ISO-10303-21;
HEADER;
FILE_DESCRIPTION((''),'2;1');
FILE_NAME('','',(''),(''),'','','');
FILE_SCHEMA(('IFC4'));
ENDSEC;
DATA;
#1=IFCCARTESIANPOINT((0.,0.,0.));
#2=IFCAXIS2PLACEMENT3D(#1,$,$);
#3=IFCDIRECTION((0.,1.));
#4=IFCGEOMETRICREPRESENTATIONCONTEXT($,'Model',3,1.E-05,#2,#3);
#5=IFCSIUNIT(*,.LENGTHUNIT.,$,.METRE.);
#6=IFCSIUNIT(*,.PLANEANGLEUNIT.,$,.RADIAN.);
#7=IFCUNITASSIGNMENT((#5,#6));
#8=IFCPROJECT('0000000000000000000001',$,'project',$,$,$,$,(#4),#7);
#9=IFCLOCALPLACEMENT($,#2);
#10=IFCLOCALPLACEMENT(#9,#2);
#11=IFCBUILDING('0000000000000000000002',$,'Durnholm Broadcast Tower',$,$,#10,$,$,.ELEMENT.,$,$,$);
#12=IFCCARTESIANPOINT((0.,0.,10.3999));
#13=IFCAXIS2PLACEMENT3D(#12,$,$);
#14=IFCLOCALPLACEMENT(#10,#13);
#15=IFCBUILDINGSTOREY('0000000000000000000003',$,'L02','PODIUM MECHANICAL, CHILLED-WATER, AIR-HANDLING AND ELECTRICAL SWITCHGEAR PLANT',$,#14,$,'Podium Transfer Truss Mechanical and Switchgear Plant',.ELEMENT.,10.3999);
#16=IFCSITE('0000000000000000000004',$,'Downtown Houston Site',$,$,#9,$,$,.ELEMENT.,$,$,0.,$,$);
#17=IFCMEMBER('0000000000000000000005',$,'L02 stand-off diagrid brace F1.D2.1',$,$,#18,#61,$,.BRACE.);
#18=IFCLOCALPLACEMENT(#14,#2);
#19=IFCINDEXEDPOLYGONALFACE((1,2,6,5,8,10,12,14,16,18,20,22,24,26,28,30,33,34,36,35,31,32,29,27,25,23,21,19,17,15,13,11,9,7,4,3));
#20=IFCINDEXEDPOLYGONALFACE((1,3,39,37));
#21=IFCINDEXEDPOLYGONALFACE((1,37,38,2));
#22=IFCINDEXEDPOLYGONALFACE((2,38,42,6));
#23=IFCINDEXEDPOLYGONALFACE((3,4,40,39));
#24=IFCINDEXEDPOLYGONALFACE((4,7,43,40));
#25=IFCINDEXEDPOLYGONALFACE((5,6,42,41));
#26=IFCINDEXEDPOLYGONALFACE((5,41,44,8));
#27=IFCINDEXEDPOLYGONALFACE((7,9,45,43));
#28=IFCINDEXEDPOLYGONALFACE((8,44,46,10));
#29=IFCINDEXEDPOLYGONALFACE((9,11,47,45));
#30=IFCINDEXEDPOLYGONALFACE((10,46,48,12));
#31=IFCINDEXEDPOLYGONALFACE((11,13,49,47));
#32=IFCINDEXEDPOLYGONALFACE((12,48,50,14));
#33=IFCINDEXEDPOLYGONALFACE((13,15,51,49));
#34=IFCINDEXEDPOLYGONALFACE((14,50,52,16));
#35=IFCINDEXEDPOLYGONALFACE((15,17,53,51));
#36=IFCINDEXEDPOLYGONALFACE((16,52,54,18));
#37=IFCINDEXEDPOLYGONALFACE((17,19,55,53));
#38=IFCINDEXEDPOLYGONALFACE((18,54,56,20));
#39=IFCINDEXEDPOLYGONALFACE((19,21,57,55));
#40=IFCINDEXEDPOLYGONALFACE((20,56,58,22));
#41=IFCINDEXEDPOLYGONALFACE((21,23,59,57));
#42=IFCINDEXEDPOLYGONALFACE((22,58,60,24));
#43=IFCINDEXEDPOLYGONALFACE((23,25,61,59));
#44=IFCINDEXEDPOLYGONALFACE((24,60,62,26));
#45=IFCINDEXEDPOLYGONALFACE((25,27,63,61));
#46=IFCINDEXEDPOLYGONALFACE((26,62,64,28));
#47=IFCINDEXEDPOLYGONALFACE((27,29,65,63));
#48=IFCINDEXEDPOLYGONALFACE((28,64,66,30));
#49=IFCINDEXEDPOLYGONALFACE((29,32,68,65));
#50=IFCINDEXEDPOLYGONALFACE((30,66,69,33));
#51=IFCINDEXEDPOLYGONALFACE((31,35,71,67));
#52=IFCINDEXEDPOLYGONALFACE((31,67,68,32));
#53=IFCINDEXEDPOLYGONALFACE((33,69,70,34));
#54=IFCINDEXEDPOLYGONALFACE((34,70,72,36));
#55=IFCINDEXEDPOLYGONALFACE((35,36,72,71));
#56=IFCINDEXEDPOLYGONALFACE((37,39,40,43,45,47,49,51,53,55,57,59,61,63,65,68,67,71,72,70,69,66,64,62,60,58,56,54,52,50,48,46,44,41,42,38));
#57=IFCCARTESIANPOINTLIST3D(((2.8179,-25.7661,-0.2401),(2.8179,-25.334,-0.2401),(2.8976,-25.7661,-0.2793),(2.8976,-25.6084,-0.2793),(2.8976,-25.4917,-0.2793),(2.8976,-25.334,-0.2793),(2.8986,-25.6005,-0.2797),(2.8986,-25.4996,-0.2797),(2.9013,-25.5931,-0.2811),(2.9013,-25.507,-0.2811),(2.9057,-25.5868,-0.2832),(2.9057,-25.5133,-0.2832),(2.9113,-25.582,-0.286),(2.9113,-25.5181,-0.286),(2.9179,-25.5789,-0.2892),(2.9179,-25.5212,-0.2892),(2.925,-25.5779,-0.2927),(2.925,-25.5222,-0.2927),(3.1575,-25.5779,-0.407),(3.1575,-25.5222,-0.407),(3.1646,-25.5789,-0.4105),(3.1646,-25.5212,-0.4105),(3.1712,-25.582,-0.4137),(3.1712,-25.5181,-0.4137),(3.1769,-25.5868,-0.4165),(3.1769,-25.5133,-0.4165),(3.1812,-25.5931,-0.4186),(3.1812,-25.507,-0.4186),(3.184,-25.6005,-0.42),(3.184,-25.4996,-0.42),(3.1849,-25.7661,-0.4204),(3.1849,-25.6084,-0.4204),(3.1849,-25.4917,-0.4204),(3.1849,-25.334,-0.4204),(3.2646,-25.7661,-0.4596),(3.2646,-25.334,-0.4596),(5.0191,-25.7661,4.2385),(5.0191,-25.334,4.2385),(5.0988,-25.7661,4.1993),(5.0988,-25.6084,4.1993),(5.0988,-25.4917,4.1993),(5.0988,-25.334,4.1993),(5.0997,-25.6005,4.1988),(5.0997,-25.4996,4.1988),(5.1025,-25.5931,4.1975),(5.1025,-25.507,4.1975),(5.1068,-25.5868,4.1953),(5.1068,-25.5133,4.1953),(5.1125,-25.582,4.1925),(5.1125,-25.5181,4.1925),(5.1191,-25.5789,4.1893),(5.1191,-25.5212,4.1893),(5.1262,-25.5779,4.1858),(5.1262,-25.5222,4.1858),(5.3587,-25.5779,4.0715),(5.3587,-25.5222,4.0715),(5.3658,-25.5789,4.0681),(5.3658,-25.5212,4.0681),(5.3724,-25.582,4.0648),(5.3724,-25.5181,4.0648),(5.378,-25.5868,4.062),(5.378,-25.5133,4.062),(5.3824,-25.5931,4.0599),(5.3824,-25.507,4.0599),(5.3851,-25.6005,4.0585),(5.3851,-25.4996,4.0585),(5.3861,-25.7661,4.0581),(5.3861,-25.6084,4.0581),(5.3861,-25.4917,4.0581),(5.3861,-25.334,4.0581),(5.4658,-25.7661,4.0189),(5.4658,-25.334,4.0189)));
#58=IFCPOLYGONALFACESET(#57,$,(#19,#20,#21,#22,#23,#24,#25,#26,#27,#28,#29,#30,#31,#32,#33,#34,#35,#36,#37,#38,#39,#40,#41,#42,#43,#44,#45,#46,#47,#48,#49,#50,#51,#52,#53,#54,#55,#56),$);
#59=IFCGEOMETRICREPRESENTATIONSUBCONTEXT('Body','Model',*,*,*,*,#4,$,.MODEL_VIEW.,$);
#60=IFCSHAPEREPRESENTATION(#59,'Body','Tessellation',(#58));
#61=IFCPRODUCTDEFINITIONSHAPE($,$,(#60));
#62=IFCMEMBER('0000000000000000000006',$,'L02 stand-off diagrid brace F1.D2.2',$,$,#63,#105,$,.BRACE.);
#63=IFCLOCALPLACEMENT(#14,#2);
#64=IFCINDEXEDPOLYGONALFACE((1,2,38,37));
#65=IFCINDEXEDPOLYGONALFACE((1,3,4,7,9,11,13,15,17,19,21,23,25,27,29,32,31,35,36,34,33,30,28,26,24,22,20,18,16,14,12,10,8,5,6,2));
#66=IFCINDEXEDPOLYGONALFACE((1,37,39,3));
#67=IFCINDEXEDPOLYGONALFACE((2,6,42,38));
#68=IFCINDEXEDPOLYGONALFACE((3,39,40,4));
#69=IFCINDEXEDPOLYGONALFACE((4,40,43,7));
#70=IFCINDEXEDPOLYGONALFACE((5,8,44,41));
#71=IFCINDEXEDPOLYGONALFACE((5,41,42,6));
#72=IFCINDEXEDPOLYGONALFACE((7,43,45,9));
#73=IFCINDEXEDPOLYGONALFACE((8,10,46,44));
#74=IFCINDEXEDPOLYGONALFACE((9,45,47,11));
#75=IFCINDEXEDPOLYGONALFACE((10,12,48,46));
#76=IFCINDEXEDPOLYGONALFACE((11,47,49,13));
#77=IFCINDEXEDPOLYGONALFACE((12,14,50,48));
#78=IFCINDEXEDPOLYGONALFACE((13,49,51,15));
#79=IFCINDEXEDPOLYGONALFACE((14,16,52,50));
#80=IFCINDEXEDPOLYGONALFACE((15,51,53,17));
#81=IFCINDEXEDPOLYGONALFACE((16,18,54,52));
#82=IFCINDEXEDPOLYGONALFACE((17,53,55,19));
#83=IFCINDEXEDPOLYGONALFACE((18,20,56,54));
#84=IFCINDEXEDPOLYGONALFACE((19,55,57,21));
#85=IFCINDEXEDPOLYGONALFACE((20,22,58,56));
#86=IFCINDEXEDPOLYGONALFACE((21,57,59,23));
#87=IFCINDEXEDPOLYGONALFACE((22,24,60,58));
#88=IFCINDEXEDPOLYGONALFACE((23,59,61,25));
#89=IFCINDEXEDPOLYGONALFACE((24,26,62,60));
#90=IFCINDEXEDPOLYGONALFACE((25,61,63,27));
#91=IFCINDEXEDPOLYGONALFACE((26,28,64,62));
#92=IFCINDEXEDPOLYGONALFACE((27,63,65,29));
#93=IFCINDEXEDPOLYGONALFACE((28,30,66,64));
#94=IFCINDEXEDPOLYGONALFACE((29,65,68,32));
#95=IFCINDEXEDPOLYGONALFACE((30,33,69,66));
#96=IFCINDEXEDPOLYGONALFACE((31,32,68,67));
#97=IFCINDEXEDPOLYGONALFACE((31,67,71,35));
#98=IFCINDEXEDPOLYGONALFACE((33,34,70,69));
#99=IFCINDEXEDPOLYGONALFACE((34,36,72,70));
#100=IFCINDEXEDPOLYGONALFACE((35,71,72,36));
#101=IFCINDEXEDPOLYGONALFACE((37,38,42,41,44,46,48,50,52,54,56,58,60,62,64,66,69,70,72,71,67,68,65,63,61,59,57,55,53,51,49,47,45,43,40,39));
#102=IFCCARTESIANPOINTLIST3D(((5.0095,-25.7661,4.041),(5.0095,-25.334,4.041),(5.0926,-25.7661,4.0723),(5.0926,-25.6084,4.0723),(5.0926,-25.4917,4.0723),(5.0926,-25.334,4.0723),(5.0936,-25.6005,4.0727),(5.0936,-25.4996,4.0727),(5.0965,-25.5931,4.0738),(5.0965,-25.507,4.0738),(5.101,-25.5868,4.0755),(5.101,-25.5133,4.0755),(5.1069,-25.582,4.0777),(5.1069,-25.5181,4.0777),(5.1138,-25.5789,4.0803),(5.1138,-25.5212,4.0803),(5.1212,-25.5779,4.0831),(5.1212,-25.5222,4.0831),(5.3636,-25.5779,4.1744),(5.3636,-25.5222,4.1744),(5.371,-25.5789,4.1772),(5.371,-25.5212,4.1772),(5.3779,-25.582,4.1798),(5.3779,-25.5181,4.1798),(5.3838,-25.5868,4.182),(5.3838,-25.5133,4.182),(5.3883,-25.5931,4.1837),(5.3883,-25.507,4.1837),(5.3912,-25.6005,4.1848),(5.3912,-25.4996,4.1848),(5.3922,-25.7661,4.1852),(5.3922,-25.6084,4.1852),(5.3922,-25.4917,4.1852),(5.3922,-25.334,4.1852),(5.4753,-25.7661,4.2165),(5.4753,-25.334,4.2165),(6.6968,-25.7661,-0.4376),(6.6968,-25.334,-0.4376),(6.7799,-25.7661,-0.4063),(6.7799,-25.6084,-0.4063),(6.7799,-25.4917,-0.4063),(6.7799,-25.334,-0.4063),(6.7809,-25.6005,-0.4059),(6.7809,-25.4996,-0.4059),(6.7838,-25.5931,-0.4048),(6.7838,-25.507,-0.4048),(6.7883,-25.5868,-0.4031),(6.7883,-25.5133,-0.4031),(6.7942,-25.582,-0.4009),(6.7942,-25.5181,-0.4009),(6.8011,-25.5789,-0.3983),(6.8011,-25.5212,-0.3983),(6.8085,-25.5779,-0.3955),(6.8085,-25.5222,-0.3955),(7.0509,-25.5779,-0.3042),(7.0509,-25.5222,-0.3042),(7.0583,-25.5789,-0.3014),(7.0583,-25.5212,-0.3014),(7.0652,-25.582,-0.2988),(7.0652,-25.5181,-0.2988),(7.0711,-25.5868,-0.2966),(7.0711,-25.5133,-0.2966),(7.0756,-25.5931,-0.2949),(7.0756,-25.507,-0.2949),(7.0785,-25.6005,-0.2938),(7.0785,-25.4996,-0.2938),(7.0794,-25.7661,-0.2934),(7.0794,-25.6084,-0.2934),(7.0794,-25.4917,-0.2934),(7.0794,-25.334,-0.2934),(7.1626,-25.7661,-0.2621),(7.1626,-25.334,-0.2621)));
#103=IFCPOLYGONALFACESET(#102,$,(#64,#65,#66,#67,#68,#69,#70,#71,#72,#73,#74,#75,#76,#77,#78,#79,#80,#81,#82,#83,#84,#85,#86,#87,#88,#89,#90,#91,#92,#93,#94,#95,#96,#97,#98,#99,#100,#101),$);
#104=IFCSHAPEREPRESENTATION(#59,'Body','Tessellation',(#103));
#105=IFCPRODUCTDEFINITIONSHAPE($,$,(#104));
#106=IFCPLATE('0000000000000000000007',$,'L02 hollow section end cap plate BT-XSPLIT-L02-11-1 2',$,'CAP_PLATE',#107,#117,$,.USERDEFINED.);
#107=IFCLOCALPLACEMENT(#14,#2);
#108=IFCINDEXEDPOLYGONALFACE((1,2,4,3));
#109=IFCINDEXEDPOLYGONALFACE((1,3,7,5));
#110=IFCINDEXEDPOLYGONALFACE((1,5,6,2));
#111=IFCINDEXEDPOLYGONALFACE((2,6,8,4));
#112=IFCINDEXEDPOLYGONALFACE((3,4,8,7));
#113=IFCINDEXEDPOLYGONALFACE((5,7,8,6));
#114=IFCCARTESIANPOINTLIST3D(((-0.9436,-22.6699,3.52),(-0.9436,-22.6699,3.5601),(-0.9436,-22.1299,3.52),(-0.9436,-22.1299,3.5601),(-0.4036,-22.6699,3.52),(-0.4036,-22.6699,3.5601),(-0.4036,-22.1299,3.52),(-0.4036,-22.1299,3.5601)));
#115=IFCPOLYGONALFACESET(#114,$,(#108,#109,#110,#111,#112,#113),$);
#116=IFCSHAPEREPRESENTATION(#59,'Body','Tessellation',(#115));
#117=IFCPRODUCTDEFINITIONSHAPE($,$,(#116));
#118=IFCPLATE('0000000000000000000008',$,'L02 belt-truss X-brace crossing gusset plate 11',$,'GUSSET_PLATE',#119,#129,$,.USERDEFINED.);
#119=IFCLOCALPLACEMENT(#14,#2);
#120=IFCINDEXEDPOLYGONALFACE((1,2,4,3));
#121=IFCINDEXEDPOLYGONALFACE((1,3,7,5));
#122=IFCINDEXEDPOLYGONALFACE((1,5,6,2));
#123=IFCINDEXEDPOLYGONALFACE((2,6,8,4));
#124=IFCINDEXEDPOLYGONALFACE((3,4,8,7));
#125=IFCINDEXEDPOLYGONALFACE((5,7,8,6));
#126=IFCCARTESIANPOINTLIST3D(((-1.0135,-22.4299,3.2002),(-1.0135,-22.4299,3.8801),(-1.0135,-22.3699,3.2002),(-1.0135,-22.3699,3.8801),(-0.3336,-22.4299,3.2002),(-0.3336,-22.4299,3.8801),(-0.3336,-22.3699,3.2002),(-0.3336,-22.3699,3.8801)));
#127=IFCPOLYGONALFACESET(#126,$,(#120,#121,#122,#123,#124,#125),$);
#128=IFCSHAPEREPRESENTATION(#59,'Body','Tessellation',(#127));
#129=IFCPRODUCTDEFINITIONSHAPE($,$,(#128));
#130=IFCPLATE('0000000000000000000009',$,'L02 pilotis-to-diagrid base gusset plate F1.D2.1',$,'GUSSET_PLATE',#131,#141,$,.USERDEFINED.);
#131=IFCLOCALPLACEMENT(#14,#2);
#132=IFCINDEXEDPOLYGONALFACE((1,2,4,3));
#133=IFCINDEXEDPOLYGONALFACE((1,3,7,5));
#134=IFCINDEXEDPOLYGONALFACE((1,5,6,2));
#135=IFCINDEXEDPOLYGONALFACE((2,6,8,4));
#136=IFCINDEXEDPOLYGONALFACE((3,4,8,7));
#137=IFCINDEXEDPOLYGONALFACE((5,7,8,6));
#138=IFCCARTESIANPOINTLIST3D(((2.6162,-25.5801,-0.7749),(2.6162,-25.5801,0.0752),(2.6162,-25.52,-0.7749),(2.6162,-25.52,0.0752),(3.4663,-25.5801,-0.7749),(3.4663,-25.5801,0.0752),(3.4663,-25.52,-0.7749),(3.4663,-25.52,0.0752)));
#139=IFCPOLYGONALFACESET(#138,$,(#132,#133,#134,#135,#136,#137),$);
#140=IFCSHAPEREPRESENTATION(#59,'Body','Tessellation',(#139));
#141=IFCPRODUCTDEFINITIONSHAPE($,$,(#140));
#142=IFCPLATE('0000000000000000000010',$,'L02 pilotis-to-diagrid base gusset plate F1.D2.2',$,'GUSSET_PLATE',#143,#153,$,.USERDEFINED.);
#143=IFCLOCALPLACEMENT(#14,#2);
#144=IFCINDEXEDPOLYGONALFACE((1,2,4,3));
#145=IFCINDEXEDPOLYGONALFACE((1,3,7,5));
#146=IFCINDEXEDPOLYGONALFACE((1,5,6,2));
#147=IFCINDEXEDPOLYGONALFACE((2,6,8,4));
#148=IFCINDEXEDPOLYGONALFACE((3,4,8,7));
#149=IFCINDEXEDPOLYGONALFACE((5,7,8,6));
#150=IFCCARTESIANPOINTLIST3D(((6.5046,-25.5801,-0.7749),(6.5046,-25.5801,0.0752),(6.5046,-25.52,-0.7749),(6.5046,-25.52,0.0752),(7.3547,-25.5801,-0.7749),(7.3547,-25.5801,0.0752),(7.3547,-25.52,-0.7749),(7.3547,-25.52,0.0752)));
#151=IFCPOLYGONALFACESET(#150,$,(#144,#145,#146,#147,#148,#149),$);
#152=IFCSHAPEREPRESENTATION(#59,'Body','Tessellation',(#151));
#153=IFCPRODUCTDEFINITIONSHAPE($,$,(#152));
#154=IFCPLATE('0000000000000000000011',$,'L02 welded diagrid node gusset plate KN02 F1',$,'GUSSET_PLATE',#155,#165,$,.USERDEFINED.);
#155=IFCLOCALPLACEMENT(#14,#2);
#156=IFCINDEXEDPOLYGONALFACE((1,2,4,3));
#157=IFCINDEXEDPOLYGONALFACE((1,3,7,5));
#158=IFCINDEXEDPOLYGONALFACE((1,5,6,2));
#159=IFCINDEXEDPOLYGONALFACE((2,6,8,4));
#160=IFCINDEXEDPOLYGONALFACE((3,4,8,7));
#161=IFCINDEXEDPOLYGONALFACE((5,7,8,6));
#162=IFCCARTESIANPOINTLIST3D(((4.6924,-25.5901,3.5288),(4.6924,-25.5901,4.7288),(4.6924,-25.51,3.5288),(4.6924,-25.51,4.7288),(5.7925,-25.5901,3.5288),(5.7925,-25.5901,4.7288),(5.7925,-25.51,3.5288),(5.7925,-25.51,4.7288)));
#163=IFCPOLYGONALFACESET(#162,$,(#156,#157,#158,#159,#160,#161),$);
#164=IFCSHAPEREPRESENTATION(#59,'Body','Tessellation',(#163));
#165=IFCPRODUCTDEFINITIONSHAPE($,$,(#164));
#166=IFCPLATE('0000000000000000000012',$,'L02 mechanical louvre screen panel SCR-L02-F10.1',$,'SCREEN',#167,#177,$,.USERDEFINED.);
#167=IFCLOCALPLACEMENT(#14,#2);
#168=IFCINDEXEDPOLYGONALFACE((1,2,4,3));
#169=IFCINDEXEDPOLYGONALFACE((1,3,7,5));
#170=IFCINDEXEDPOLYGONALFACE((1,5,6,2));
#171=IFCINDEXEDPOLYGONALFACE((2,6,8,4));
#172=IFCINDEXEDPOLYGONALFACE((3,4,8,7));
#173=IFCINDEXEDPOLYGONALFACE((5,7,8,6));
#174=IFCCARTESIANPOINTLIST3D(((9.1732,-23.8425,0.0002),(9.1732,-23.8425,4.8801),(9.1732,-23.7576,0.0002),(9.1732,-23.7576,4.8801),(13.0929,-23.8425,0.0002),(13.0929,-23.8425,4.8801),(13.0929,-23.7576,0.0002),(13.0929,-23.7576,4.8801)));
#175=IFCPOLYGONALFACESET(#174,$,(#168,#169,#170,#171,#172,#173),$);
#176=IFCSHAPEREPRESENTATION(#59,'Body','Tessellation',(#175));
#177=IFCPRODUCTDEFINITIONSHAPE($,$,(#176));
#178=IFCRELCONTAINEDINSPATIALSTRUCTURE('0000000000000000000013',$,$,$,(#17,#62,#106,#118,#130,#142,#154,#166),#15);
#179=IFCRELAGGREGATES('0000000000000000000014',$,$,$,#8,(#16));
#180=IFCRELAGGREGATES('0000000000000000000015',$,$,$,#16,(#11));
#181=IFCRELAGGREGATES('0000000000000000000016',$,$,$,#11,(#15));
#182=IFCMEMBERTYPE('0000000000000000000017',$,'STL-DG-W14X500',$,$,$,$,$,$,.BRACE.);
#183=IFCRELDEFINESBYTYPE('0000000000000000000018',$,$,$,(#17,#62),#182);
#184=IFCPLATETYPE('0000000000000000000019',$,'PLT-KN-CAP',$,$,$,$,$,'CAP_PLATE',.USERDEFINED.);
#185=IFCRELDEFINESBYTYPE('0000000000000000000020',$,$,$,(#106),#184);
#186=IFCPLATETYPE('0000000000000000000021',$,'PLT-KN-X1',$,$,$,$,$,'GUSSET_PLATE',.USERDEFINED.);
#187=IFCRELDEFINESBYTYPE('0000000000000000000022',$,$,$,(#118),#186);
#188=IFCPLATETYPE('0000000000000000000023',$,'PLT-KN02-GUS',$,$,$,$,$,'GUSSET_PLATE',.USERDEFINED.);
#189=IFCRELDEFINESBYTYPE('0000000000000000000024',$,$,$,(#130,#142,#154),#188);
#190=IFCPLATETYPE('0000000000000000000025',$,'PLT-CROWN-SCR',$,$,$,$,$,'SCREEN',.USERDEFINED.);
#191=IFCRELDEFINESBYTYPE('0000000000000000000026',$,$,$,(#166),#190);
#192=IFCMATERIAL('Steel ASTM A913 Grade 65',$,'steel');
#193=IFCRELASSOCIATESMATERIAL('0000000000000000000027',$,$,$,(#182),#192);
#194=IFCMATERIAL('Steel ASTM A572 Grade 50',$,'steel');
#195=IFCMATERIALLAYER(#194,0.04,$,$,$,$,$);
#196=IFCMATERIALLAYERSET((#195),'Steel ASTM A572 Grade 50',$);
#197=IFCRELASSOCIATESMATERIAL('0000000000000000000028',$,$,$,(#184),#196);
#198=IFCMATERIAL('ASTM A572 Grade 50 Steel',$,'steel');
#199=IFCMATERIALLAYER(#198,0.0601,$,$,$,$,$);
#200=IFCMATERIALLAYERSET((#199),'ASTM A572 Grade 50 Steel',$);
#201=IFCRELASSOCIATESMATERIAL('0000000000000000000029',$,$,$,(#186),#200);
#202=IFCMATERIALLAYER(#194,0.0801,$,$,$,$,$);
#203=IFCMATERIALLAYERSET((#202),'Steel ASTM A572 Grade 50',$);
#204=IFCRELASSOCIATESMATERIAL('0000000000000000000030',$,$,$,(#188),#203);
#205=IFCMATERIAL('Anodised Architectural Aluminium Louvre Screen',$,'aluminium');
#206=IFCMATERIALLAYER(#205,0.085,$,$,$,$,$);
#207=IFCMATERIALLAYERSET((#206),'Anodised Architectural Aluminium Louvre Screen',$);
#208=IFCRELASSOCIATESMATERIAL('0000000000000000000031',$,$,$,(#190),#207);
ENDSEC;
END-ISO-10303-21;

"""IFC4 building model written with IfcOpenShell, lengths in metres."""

from ifc_helpers import new_model, si_unit, direction, frame, origin, origin_2d, place, context, subcontext, project, spatial, rectangle, i_section, extrude, source, transform, mapped, material, layer, layer_set, material_profile, profile_set, type_object, type_shapes, element, save


model = new_model("IFC4")

# Units and contexts
model_context = context("Model", 3, precision=1e-05, world=origin(), true_north=direction((0.0, 1.0)))
body_context = subcontext(model_context, "Body", "Model", "MODEL_VIEW")
ifc_project = project(units=[si_unit("LENGTHUNIT", "METRE"), si_unit("PLANEANGLEUNIT", "RADIAN")], contexts=[model_context])

# Site, building, storey
site_placement = place(None, origin())
site = spatial("IfcSite", under=ifc_project, at=site_placement, Name="Downtown Houston Site", CompositionType="ELEMENT", RefElevation=0.0)
building_placement = place(site_placement, origin())
building = spatial("IfcBuilding", under=site, at=building_placement, Name="Durnholm Broadcast Tower", CompositionType="ELEMENT")
storey_placement = place(building_placement, frame((0.0, 0.0, 10.3999)))
storey = spatial("IfcBuildingStorey", under=building, at=storey_placement, Name="L02", Description="PODIUM MECHANICAL, CHILLED-WATER, AIR-HANDLING AND ELECTRICAL SWITCHGEAR PLANT", LongName="Podium Transfer Truss Mechanical and Switchgear Plant", CompositionType="ELEMENT", Elevation=10.3999)

# Members
ifc_material_1 = material(Name="Steel ASTM A913 Grade 65", Category="steel")
ifc_material_profile_1 = material_profile(ifc_material_1, i_section(OverallWidth=0.4321, OverallDepth=0.4978, WebThickness=0.0557, FlangeThickness=0.0889, FilletRadius=0.0305, at=origin_2d()), Name="W14X500")
ifc_profile_set_1 = profile_set([ifc_material_profile_1], Name="Steel ASTM A913 Grade 65")
member_type_1 = type_object("IfcMemberType", Name="STL-DG-W14X500", PredefinedType="BRACE", material=ifc_profile_set_1)
shared_shape_1 = source(origin(), body_context, "Body", "SweptSolid", [
    extrude(i_section(OverallWidth=0.4321, OverallDepth=0.4978, WebThickness=0.0557, FlangeThickness=0.0889, FilletRadius=0.0305, at=origin_2d()), origin(), (0.0, 0.0, 1.0), 4.9902),
])
member_1_placement = place(storey_placement, frame((3.0413, -25.55, -0.3499), z_axis=(0.441097, 0.0, 0.897459), x_axis=(0.0, 1.0, 0.0)))
element("IfcMember", 1, at=member_1_placement, inside=storey, type_object=member_type_1, Name="L02 stand-off diagrid brace F1.D2.1", PredefinedType="BRACE", context=body_context, shape_type="MappedRepresentation", body=[
    mapped(shared_shape_1, transform((0.0, 0.0, 0.0), x_axis=(1.0, 0.0, 0.0), y_axis=(0.0, 1.0, 0.0), z_axis=(0.0, 0.0, 1.0), scale=1.0)),
])
shared_shape_2 = source(origin(), body_context, "Body", "SweptSolid", [
    extrude(i_section(OverallWidth=0.4321, OverallDepth=0.4978, WebThickness=0.0557, FlangeThickness=0.0889, FilletRadius=0.0305, at=origin_2d()), origin(), (0.0, 0.0, 1.0), 4.7859),
])
type_shapes(member_type_1, [shared_shape_1, shared_shape_2])
member_2_placement = place(storey_placement, frame((6.9297, -25.55, -0.3499), z_axis=(-0.352554, 0.0, 0.935791), x_axis=(0.0, -1.0, 0.0)))
element("IfcMember", 2, at=member_2_placement, inside=storey, type_object=member_type_1, Name="L02 stand-off diagrid brace F1.D2.2", PredefinedType="BRACE", context=body_context, shape_type="MappedRepresentation", body=[
    mapped(shared_shape_2, transform((0.0, 0.0, 0.0), x_axis=(1.0, 0.0, 0.0), y_axis=(0.0, 1.0, 0.0), z_axis=(0.0, 0.0, 1.0), scale=1.0)),
])

# Plates
ifc_material_2 = material(Name="Steel ASTM A572 Grade 50", Category="steel")
ifc_layer_1 = layer(ifc_material_2, 0.04)
ifc_layer_set_1 = layer_set([ifc_layer_1], Name="Steel ASTM A572 Grade 50")
plate_type_1 = type_object("IfcPlateType", Name="PLT-KN-CAP", ElementType="CAP_PLATE", PredefinedType="USERDEFINED", material=ifc_layer_set_1)
shared_shape_3 = source(origin(), body_context, "Body", "SweptSolid", [
    extrude(rectangle(XDim=0.54, YDim=0.54, at=origin_2d()), origin(), (0.0, 0.0, 1.0), 0.04),
])
type_shapes(plate_type_1, [shared_shape_3])
plate_1_placement = place(storey_placement, frame((-0.6736, -22.3999, 3.52), z_axis=(0.0, 0.0, 1.0), x_axis=(1.0, 0.0, 0.0)))
element("IfcPlate", 3, at=plate_1_placement, inside=storey, type_object=plate_type_1, Name="L02 hollow section end cap plate BT-XSPLIT-L02-11-1 2", ObjectType="CAP_PLATE", PredefinedType="USERDEFINED", context=body_context, shape_type="MappedRepresentation", body=[
    mapped(shared_shape_3, transform((0.0, 0.0, 0.0), x_axis=(1.0, 0.0, 0.0), y_axis=(0.0, 1.0, 0.0), z_axis=(0.0, 0.0, 1.0), scale=1.0)),
])
ifc_material_3 = material(Name="ASTM A572 Grade 50 Steel", Category="steel")
ifc_layer_2 = layer(ifc_material_3, 0.0601)
ifc_layer_set_2 = layer_set([ifc_layer_2], Name="ASTM A572 Grade 50 Steel")
plate_type_2 = type_object("IfcPlateType", Name="PLT-KN-X1", ElementType="GUSSET_PLATE", PredefinedType="USERDEFINED", material=ifc_layer_set_2)
shared_shape_4 = source(origin(), body_context, "Body", "SweptSolid", [
    extrude(rectangle(XDim=0.6799, YDim=0.0601, at=origin_2d()), origin(), (0.0, 0.0, 1.0), 0.6799),
])
type_shapes(plate_type_2, [shared_shape_4])
plate_2_placement = place(storey_placement, frame((-0.6736, -22.3999, 3.2002), z_axis=(0.0, 0.0, 1.0), x_axis=(-1.0, 0.0, 0.0)))
element("IfcPlate", 4, at=plate_2_placement, inside=storey, type_object=plate_type_2, Name="L02 belt-truss X-brace crossing gusset plate 11", ObjectType="GUSSET_PLATE", PredefinedType="USERDEFINED", context=body_context, shape_type="MappedRepresentation", body=[
    mapped(shared_shape_4, transform((0.0, 0.0, 0.0), x_axis=(1.0, 0.0, 0.0), y_axis=(0.0, 1.0, 0.0), z_axis=(0.0, 0.0, 1.0), scale=1.0)),
])
ifc_layer_3 = layer(ifc_material_2, 0.0801)
ifc_layer_set_3 = layer_set([ifc_layer_3], Name="Steel ASTM A572 Grade 50")
plate_type_3 = type_object("IfcPlateType", Name="PLT-KN02-GUS", ElementType="GUSSET_PLATE", PredefinedType="USERDEFINED", material=ifc_layer_set_3)
shared_shape_5 = source(origin(), body_context, "Body", "SweptSolid", [
    extrude(rectangle(XDim=0.8501, YDim=0.0601, at=origin_2d()), origin(), (0.0, 0.0, 1.0), 0.8501),
])
for number, where, z_axis, x_axis, name in (
    (5, (3.0413, -25.55, -0.7749), (0.0, 0.0, 1.0), (1.0, 0.0, 0.0), "L02 pilotis-to-diagrid base gusset plate F1.D2.1"),
    (6, (6.9297, -25.55, -0.7749), (0.0, 0.0, 1.0), (1.0, 0.0, 0.0), "L02 pilotis-to-diagrid base gusset plate F1.D2.2"),
):
    element("IfcPlate", number, at=place(storey_placement, frame(where, z_axis=z_axis, x_axis=x_axis)), inside=storey, type_object=plate_type_3, Name=name, ObjectType="GUSSET_PLATE", PredefinedType="USERDEFINED", context=body_context, shape_type="MappedRepresentation", body=[
        mapped(shared_shape_5, transform((0.0, 0.0, 0.0), x_axis=(1.0, 0.0, 0.0), y_axis=(0.0, 1.0, 0.0), z_axis=(0.0, 0.0, 1.0), scale=1.0)),
    ])
shared_shape_6 = source(origin(), body_context, "Body", "SweptSolid", [
    extrude(rectangle(XDim=1.1001, YDim=0.0801, at=origin_2d()), origin(), (0.0, 0.0, 1.0), 1.2),
])
type_shapes(plate_type_3, [shared_shape_5, shared_shape_6])
plate_3_placement = place(storey_placement, frame((5.2424, -25.55, 3.5288), z_axis=(0.0, 0.0, 1.0), x_axis=(1.0, 0.0, 0.0)))
element("IfcPlate", 7, at=plate_3_placement, inside=storey, type_object=plate_type_3, Name="L02 welded diagrid node gusset plate KN02 F1", ObjectType="GUSSET_PLATE", PredefinedType="USERDEFINED", context=body_context, shape_type="MappedRepresentation", body=[
    mapped(shared_shape_6, transform((0.0, 0.0, 0.0), x_axis=(1.0, 0.0, 0.0), y_axis=(0.0, 1.0, 0.0), z_axis=(0.0, 0.0, 1.0), scale=1.0)),
])
ifc_material_4 = material(Name="Anodised Architectural Aluminium Louvre Screen", Category="aluminium")
ifc_layer_4 = layer(ifc_material_4, 0.085)
ifc_layer_set_4 = layer_set([ifc_layer_4], Name="Anodised Architectural Aluminium Louvre Screen")
plate_type_4 = type_object("IfcPlateType", Name="PLT-CROWN-SCR", ElementType="SCREEN", PredefinedType="USERDEFINED", material=ifc_layer_set_4)
shared_shape_7 = source(origin(), body_context, "Body", "SweptSolid", [
    extrude(rectangle(XDim=3.9197, YDim=0.085, at=origin_2d()), origin(), (0.0, 0.0, 1.0), 4.8799),
])
type_shapes(plate_type_4, [shared_shape_7])
for number, where, z_axis, x_axis, name in (
    (8, (11.1331, -23.8, 0.0002), (0.0, 0.0, 1.0), (-1.0, 0.0, 0.0), "L02 mechanical louvre screen panel SCR-L02-F10.1"),
):
    element("IfcPlate", number, at=place(storey_placement, frame(where, z_axis=z_axis, x_axis=x_axis)), inside=storey, type_object=plate_type_4, Name=name, ObjectType="SCREEN", PredefinedType="USERDEFINED", context=body_context, shape_type="MappedRepresentation", body=[
        mapped(shared_shape_7, transform((0.0, 0.0, 0.0), x_axis=(1.0, 0.0, 0.0), y_axis=(0.0, 1.0, 0.0), z_axis=(0.0, 0.0, 1.0), scale=1.0)),
    ])

save(model, "model.ifc")
